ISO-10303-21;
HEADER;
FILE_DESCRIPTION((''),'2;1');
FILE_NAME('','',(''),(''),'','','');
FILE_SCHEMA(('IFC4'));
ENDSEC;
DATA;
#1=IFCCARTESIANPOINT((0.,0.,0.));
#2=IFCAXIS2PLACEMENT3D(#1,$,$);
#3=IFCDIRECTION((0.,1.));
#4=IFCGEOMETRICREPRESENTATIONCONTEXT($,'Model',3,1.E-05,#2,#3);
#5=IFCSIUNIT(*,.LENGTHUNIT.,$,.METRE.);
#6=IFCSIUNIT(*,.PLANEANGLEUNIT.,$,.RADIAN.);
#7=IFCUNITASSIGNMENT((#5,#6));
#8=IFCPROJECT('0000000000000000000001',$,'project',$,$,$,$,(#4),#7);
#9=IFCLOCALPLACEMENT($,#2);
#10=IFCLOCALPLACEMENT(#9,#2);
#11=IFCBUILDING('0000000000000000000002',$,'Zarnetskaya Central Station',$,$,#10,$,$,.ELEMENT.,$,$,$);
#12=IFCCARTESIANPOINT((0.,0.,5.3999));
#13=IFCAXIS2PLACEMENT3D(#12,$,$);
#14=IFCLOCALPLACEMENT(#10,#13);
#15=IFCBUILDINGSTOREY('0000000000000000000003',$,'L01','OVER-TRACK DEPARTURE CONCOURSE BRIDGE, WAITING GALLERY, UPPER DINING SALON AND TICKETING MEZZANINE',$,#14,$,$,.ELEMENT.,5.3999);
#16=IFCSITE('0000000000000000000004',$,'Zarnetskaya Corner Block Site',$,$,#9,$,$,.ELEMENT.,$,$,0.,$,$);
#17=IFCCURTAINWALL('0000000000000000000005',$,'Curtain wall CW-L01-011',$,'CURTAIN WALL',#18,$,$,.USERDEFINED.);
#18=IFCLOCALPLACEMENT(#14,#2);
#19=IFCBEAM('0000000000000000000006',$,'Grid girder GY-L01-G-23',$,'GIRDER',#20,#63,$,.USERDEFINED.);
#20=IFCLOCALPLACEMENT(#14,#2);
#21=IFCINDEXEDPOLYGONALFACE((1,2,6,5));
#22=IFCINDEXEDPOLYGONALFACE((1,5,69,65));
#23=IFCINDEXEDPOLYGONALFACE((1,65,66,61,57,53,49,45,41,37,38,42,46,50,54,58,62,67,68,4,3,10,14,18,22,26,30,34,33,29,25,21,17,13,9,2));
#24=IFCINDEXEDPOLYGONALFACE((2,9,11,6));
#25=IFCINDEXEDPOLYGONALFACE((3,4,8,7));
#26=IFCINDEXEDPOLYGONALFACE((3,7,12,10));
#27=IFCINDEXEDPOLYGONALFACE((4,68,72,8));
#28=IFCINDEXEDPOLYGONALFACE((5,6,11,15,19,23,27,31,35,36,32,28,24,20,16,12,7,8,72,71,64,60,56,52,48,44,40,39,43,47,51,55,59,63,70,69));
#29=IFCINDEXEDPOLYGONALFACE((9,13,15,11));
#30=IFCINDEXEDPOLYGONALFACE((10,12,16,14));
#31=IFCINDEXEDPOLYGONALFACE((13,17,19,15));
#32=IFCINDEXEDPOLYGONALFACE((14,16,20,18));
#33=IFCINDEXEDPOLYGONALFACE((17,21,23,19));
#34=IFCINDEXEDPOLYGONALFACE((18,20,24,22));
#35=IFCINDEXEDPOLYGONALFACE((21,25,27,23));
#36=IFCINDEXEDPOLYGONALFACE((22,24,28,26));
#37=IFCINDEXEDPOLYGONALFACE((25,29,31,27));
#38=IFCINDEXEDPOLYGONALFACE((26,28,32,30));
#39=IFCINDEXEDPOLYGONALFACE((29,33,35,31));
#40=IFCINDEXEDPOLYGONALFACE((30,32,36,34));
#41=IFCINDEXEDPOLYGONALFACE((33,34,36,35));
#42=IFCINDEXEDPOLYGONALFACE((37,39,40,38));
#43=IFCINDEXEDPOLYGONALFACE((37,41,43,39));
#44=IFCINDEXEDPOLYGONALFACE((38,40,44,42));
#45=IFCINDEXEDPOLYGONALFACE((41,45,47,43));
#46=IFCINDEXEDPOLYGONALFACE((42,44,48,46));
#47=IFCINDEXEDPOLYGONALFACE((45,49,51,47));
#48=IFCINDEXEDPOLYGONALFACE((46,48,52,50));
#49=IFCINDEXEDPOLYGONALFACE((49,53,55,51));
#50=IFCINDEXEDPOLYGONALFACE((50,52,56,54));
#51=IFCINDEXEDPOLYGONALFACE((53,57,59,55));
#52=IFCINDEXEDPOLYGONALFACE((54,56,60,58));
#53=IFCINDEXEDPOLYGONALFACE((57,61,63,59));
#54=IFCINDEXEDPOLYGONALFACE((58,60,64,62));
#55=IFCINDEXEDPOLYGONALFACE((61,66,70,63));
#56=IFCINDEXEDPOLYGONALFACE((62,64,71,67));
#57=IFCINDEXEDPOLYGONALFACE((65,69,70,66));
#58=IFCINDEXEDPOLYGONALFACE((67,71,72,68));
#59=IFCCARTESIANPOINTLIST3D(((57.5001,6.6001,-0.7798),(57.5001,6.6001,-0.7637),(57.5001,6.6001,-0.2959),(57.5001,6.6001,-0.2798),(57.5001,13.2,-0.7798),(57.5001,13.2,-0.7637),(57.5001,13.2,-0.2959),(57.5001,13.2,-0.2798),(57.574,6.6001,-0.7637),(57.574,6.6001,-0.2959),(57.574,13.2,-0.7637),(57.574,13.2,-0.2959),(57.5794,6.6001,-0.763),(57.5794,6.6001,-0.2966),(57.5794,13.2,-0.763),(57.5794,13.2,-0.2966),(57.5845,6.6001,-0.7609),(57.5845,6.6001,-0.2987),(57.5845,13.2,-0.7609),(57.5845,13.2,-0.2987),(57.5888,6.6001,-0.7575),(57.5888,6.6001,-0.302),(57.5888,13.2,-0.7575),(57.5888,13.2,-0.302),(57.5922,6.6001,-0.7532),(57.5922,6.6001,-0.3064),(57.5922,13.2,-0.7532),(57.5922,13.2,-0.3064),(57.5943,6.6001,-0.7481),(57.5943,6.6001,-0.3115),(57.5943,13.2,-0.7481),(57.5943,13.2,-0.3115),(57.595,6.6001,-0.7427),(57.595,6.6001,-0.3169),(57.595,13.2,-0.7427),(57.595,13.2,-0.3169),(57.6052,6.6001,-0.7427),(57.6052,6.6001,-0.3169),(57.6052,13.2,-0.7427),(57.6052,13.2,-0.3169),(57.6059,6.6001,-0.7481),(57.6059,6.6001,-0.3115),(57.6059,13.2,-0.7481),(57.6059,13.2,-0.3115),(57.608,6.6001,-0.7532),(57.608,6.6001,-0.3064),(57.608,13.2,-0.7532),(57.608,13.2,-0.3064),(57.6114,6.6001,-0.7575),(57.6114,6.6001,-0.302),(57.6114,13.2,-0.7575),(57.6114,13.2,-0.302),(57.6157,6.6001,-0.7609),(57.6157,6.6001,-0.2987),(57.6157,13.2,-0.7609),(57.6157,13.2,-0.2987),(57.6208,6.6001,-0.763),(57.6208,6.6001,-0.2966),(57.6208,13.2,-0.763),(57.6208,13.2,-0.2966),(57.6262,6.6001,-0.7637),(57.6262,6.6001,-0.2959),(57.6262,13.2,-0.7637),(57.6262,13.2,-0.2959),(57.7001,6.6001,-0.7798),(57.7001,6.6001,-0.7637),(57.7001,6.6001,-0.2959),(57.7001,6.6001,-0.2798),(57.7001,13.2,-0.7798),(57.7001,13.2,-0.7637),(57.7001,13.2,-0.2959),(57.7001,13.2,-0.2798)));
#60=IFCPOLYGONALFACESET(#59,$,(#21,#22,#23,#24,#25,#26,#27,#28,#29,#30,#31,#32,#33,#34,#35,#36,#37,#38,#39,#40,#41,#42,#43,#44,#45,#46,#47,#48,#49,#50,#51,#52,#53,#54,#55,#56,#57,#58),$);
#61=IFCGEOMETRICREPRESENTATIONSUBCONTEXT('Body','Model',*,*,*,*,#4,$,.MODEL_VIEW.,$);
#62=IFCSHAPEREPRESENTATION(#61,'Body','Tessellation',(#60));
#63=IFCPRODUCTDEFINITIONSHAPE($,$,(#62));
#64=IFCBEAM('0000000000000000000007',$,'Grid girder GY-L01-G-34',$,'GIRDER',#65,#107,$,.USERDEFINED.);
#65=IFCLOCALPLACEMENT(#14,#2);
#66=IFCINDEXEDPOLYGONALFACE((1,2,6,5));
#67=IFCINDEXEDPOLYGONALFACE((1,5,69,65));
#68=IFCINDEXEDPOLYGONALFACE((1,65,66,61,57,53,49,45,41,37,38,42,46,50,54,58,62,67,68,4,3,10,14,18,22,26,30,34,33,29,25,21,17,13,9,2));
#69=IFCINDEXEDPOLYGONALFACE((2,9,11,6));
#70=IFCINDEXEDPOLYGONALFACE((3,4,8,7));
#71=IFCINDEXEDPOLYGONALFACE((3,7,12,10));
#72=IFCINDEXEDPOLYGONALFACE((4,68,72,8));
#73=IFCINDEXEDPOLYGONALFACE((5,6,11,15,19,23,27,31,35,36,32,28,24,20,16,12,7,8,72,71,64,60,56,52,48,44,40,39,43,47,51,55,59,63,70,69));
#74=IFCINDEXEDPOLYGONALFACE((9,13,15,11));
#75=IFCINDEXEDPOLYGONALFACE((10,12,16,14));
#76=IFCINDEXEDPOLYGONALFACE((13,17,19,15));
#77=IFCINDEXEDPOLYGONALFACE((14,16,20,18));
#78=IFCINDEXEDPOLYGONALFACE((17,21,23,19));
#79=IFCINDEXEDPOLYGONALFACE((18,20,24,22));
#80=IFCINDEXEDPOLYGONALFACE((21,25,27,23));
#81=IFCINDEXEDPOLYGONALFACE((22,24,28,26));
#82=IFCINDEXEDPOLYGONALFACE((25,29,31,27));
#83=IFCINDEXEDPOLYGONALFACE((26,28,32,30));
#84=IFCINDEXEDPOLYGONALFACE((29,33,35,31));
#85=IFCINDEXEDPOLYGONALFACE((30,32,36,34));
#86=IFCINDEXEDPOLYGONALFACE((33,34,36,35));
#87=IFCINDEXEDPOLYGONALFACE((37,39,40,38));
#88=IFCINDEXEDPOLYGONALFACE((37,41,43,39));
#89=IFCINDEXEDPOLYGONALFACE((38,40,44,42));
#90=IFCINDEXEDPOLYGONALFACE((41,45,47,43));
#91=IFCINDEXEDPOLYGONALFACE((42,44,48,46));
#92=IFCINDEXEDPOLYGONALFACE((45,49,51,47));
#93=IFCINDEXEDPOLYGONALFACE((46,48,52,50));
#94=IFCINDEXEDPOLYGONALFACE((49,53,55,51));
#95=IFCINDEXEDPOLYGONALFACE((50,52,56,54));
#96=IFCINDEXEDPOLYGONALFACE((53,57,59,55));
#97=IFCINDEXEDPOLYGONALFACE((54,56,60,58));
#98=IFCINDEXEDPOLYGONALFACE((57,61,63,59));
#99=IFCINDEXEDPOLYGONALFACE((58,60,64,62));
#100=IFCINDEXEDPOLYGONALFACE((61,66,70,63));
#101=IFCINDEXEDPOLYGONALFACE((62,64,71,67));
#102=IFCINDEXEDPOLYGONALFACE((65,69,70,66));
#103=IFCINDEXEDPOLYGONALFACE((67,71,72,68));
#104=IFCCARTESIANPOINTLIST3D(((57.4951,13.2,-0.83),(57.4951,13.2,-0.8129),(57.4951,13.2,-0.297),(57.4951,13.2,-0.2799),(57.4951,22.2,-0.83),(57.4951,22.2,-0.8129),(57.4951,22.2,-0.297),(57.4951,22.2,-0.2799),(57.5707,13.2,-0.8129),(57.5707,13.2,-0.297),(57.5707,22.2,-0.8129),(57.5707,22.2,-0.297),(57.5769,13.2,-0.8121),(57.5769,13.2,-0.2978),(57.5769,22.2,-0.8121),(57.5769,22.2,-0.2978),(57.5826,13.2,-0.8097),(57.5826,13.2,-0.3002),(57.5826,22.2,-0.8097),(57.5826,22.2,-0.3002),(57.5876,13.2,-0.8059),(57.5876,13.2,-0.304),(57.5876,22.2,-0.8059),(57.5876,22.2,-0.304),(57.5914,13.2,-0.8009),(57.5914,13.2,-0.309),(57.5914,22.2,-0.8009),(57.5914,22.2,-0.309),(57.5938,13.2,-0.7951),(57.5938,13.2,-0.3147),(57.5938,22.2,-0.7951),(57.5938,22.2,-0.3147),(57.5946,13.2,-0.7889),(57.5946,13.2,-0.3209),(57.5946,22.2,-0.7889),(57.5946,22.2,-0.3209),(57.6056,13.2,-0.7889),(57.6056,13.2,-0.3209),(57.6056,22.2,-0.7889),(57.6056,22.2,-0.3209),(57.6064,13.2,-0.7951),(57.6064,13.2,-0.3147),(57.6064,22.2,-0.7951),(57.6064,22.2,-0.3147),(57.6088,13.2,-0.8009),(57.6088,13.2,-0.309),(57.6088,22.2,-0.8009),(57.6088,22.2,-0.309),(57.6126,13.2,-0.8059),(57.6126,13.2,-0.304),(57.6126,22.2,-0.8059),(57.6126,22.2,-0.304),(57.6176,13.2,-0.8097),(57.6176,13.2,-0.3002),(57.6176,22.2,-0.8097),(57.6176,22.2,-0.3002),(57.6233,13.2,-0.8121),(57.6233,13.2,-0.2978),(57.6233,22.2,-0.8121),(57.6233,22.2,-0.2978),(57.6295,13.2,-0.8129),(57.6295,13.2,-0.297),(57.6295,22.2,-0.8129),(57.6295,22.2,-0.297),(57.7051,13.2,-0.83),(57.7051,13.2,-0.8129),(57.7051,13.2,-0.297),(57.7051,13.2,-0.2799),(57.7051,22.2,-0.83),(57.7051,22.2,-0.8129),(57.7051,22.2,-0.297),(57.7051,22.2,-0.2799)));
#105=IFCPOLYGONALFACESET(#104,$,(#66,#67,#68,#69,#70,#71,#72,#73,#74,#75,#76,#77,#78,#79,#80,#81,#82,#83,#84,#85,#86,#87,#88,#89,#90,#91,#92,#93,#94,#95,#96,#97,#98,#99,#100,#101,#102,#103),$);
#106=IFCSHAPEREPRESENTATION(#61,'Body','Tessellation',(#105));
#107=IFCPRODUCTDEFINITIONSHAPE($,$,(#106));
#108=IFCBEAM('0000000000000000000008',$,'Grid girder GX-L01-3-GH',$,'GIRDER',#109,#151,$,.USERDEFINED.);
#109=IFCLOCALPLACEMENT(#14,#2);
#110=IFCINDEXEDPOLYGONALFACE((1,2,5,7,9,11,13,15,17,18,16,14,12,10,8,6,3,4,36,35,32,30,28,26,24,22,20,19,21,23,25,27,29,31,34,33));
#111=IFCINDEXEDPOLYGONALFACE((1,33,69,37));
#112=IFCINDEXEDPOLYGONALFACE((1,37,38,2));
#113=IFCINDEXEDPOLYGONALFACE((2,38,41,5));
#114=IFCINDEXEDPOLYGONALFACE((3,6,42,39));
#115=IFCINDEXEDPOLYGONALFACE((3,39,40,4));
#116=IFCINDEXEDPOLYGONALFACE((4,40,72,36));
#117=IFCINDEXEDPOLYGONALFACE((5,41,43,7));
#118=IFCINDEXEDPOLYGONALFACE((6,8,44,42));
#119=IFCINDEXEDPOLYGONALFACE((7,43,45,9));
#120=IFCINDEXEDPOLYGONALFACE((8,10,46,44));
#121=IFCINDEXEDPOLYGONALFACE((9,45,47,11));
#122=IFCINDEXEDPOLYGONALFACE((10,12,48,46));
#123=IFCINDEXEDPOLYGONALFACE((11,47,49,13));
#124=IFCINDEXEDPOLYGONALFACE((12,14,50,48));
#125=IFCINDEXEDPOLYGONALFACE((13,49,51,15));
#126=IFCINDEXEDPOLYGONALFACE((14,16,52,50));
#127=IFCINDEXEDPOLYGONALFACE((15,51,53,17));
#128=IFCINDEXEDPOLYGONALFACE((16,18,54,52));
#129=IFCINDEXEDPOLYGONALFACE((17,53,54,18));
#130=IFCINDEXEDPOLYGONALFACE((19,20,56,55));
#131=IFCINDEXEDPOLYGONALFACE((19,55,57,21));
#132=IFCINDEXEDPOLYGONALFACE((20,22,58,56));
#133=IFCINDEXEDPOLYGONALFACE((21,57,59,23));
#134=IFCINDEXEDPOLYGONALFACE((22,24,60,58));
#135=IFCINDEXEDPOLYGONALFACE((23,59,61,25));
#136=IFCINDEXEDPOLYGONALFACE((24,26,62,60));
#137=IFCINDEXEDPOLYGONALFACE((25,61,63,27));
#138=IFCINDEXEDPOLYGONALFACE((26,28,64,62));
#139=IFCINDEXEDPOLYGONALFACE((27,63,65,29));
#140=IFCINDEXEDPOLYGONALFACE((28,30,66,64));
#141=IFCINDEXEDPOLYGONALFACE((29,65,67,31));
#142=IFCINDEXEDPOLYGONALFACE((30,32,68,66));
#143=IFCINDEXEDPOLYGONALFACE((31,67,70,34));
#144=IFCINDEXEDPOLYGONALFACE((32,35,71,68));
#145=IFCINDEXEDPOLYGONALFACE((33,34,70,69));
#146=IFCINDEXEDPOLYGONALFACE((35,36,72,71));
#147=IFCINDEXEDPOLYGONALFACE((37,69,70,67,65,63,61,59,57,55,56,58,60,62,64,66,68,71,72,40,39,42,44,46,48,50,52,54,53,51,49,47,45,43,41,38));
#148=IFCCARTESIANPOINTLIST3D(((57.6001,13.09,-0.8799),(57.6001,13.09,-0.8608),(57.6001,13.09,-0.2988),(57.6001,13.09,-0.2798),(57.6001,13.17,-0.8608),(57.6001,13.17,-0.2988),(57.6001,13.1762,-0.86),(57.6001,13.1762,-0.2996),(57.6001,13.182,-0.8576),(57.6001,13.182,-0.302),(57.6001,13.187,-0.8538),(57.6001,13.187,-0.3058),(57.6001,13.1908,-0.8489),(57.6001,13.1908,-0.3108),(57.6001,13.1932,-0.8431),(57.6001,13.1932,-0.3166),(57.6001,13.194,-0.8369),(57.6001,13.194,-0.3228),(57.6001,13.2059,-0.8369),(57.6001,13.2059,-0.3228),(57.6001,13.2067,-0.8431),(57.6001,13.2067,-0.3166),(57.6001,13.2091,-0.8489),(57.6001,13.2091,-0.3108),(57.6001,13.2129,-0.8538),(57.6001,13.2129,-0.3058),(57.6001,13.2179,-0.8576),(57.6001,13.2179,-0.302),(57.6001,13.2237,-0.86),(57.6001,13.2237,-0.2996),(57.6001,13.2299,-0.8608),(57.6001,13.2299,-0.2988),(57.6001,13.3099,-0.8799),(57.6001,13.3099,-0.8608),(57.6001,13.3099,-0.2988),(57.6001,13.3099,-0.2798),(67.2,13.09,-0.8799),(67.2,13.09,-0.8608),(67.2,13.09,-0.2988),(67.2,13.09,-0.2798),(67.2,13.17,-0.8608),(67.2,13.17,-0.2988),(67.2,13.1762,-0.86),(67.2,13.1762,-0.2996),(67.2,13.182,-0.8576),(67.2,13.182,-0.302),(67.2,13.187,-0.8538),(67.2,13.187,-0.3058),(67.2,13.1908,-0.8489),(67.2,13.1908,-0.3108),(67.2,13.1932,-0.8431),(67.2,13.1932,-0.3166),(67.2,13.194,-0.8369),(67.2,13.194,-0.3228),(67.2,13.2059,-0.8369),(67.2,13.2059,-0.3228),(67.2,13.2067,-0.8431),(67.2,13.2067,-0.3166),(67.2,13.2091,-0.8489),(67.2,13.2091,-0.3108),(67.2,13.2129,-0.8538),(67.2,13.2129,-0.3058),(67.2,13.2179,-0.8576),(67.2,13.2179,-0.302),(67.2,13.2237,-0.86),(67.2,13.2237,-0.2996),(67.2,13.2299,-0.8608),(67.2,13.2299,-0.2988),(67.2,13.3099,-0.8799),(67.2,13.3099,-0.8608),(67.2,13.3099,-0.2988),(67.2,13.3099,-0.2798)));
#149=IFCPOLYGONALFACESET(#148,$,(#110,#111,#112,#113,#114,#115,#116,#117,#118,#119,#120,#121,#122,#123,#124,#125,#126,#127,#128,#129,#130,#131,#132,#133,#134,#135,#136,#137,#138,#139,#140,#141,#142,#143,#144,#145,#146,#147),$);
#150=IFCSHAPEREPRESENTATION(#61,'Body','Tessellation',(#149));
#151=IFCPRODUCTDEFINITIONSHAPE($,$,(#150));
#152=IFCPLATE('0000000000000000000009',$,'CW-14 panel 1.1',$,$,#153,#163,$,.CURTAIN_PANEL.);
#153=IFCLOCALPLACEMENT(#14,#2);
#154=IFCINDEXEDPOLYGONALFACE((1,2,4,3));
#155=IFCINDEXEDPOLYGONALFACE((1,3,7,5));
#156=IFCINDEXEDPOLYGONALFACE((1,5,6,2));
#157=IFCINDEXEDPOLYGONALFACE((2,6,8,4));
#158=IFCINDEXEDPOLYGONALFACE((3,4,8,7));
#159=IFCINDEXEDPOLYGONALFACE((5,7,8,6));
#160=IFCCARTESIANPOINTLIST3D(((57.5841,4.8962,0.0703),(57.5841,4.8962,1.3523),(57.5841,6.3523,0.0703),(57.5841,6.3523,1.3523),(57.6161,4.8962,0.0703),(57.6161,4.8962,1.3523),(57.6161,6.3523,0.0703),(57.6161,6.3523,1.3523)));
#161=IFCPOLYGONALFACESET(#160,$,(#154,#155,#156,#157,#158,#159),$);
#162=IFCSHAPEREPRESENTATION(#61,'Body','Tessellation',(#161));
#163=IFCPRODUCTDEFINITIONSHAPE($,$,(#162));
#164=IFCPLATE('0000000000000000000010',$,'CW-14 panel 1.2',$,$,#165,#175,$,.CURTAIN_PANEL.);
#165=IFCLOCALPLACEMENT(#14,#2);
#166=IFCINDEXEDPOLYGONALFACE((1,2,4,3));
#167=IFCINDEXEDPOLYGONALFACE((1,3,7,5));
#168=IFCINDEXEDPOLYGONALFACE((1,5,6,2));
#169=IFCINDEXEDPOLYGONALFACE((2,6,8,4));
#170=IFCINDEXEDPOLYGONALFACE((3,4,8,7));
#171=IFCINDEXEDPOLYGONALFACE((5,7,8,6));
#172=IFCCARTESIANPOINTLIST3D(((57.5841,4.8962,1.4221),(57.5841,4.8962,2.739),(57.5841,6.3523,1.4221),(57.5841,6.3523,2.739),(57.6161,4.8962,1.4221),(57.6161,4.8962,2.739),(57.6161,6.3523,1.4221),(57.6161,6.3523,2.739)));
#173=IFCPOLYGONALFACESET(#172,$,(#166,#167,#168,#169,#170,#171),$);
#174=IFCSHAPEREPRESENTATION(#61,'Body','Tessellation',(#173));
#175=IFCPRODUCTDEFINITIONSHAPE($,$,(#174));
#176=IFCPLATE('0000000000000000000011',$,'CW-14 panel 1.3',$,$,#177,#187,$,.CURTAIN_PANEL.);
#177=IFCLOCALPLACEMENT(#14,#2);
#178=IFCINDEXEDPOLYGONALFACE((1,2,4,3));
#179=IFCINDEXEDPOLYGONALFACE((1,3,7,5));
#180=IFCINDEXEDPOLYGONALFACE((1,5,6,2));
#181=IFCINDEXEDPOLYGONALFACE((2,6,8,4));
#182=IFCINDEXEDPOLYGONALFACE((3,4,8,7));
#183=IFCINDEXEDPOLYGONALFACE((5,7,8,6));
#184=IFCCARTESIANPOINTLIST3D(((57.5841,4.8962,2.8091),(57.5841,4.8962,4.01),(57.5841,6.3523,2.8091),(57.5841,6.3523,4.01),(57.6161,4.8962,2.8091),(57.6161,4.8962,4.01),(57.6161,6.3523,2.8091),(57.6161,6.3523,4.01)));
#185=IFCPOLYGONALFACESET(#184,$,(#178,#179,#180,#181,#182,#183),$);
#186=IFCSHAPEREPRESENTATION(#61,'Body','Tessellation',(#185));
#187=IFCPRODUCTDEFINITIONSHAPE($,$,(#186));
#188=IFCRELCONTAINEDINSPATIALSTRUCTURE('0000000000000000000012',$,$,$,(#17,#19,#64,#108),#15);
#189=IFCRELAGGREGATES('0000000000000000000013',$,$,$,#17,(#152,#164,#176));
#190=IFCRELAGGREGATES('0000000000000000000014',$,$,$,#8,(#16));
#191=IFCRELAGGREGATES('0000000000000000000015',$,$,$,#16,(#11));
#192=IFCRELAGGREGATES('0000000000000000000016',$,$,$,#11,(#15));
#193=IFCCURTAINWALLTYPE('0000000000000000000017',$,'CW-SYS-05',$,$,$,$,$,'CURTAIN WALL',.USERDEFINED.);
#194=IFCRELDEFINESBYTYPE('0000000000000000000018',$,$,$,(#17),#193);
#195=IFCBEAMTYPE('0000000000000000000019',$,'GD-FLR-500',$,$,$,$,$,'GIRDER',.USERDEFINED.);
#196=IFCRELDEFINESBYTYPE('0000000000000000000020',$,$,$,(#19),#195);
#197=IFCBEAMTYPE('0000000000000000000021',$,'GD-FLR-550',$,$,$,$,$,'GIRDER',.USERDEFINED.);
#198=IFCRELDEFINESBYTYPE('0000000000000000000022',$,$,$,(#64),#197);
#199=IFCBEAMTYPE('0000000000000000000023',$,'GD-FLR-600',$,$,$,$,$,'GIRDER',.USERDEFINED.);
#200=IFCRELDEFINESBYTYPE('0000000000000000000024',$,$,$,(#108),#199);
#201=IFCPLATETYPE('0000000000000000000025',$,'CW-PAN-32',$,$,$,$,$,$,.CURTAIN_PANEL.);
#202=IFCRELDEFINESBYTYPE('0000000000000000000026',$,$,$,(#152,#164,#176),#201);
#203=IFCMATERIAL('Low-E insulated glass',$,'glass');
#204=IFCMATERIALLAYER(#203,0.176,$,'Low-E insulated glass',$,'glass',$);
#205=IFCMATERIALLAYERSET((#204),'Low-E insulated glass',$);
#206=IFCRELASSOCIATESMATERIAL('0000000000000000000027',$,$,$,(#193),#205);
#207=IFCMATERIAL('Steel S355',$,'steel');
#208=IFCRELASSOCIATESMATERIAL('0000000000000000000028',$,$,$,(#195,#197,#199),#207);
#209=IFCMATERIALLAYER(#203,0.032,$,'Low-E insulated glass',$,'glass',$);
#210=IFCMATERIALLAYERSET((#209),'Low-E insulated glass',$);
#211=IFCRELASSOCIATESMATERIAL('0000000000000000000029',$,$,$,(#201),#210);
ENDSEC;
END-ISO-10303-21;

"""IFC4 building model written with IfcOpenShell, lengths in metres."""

from ifc_helpers import new_model, si_unit, direction, frame, origin, origin_2d, place, context, subcontext, project, spatial, rectangle, i_section, extrude, material, layer, layer_set, material_profile, profile_set, type_object, element, aggregate, save


model = new_model("IFC4")

# Units and contexts
model_context = context("Model", 3, precision=1e-05, world=origin(), true_north=direction((0.0, 1.0)))
body_context = subcontext(model_context, "Body", "Model", "MODEL_VIEW")
ifc_project = project(units=[si_unit("LENGTHUNIT", "METRE"), si_unit("PLANEANGLEUNIT", "RADIAN")], contexts=[model_context])

# Site, building, storey
site_placement = place(None, origin())
site = spatial("IfcSite", under=ifc_project, at=site_placement, Name="Zarnetskaya Corner Block Site", CompositionType="ELEMENT", RefElevation=0.0)
building_placement = place(site_placement, origin())
building = spatial("IfcBuilding", under=site, at=building_placement, Name="Zarnetskaya Central Station", CompositionType="ELEMENT")
storey_placement = place(building_placement, frame((0.0, 0.0, 5.3999)))
storey = spatial("IfcBuildingStorey", under=building, at=storey_placement, Name="L01", Description="OVER-TRACK DEPARTURE CONCOURSE BRIDGE, WAITING GALLERY, UPPER DINING SALON AND TICKETING MEZZANINE", CompositionType="ELEMENT", Elevation=5.3999)

# Shared definitions
ifc_material_1 = material(Name="Steel S355", Category="steel")

# Curtain wall
ifc_material_2 = material(Name="Low-E insulated glass", Category="glass")
ifc_layer_1 = layer(ifc_material_2, 0.176, Name="Low-E insulated glass", Category="glass")
ifc_layer_set_1 = layer_set([ifc_layer_1], Name="Low-E insulated glass")
curtain_wall_type_1 = type_object("IfcCurtainWallType", Name="CW-SYS-05", ElementType="CURTAIN WALL", PredefinedType="USERDEFINED", material=ifc_layer_set_1)
curtain_wall_1_placement = place(storey_placement, origin())
curtain_wall_1 = element("IfcCurtainWall", 1, at=curtain_wall_1_placement, inside=storey, type_object=curtain_wall_type_1, Name="Curtain wall CW-L01-011", ObjectType="CURTAIN WALL", PredefinedType="USERDEFINED")

# Beams
ifc_material_profile_1 = material_profile(ifc_material_1, i_section(OverallWidth=0.2, OverallDepth=0.5, WebThickness=0.0103, FlangeThickness=0.0161, FilletRadius=0.021, at=origin_2d()), Name="IPE 500")
ifc_profile_set_1 = profile_set([ifc_material_profile_1], Name="Steel S355")
beam_type_1 = type_object("IfcBeamType", Name="GD-FLR-500", ElementType="GIRDER", PredefinedType="USERDEFINED", material=ifc_profile_set_1)
beam_1_placement = place(storey_placement, frame((57.6001, 6.6001, -0.5298), z_axis=(0.0, 1.0, 0.0), x_axis=(-1.0, 0.0, 0.0)))
element("IfcBeam", 2, at=beam_1_placement, inside=storey, type_object=beam_type_1, Name="Grid girder GY-L01-G-23", ObjectType="GIRDER", PredefinedType="USERDEFINED", context=body_context, shape_type="SweptSolid", body=[
    extrude(i_section(OverallWidth=0.2, OverallDepth=0.5, WebThickness=0.0103, FlangeThickness=0.0161, FilletRadius=0.021, at=origin_2d()), origin(), (0.0, 0.0, 1.0), 6.5999),
])
ifc_material_profile_2 = material_profile(ifc_material_1, i_section(OverallWidth=0.21, OverallDepth=0.55, WebThickness=0.011, FlangeThickness=0.0171, FilletRadius=0.0239, at=origin_2d()), Name="IPE 550")
ifc_profile_set_2 = profile_set([ifc_material_profile_2], Name="Steel S355")
beam_type_2 = type_object("IfcBeamType", Name="GD-FLR-550", ElementType="GIRDER", PredefinedType="USERDEFINED", material=ifc_profile_set_2)
beam_2_placement = place(storey_placement, frame((57.6001, 13.2, -0.5549), z_axis=(0.0, 1.0, 0.0), x_axis=(-1.0, 0.0, 0.0)))
element("IfcBeam", 3, at=beam_2_placement, inside=storey, type_object=beam_type_2, Name="Grid girder GY-L01-G-34", ObjectType="GIRDER", PredefinedType="USERDEFINED", context=body_context, shape_type="SweptSolid", body=[
    extrude(i_section(OverallWidth=0.21, OverallDepth=0.55, WebThickness=0.011, FlangeThickness=0.0171, FilletRadius=0.0239, at=origin_2d()), origin(), (0.0, 0.0, 1.0), 9.0),
])
ifc_material_profile_3 = material_profile(ifc_material_1, i_section(OverallWidth=0.22, OverallDepth=0.6001, WebThickness=0.012, FlangeThickness=0.019, FilletRadius=0.0239, at=origin_2d()), Name="IPE 600")
ifc_profile_set_3 = profile_set([ifc_material_profile_3], Name="Steel S355")
beam_type_3 = type_object("IfcBeamType", Name="GD-FLR-600", ElementType="GIRDER", PredefinedType="USERDEFINED", material=ifc_profile_set_3)
beam_3_placement = place(storey_placement, frame((57.6001, 13.2, -0.5798), z_axis=(1.0, 0.0, 0.0), x_axis=(0.0, 1.0, 0.0)))
element("IfcBeam", 4, at=beam_3_placement, inside=storey, type_object=beam_type_3, Name="Grid girder GX-L01-3-GH", ObjectType="GIRDER", PredefinedType="USERDEFINED", context=body_context, shape_type="SweptSolid", body=[
    extrude(i_section(OverallWidth=0.22, OverallDepth=0.6001, WebThickness=0.012, FlangeThickness=0.019, FilletRadius=0.0239, at=origin_2d()), origin(), (0.0, 0.0, 1.0), 9.5999),
])

# Plates
ifc_layer_2 = layer(ifc_material_2, 0.032, Name="Low-E insulated glass", Category="glass")
ifc_layer_set_2 = layer_set([ifc_layer_2], Name="Low-E insulated glass")
plate_type_1 = type_object("IfcPlateType", Name="CW-PAN-32", PredefinedType="CURTAIN_PANEL", material=ifc_layer_set_2)
plate_1_placement = place(storey_placement, frame((57.6001, 5.6243, 0.0703), z_axis=(0.0, 0.0, 1.0), x_axis=(0.0, -1.0, 0.0)))
plate_1 = element("IfcPlate", 5, at=plate_1_placement, type_object=plate_type_1, Name="CW-14 panel 1.1", PredefinedType="CURTAIN_PANEL", context=body_context, shape_type="SweptSolid", body=[
    extrude(rectangle(XDim=1.4561, YDim=0.032, at=origin_2d()), origin(), (0.0, 0.0, 1.0), 1.282),
])
plate_2_placement = place(storey_placement, frame((57.6001, 5.6243, 1.4221), z_axis=(0.0, 0.0, 1.0), x_axis=(0.0, -1.0, 0.0)))
plate_2 = element("IfcPlate", 6, at=plate_2_placement, type_object=plate_type_1, Name="CW-14 panel 1.2", PredefinedType="CURTAIN_PANEL", context=body_context, shape_type="SweptSolid", body=[
    extrude(rectangle(XDim=1.4561, YDim=0.032, at=origin_2d()), origin(), (0.0, 0.0, 1.0), 1.3169),
])
plate_3_placement = place(storey_placement, frame((57.6001, 5.6243, 2.8091), z_axis=(0.0, 0.0, 1.0), x_axis=(0.0, -1.0, 0.0)))
plate_3 = element("IfcPlate", 7, at=plate_3_placement, type_object=plate_type_1, Name="CW-14 panel 1.3", PredefinedType="CURTAIN_PANEL", context=body_context, shape_type="SweptSolid", body=[
    extrude(rectangle(XDim=1.4561, YDim=0.032, at=origin_2d()), origin(), (0.0, 0.0, 1.0), 1.2009),
])
aggregate(curtain_wall_1, [plate_1, plate_2, plate_3])

save(model, "model.ifc")
